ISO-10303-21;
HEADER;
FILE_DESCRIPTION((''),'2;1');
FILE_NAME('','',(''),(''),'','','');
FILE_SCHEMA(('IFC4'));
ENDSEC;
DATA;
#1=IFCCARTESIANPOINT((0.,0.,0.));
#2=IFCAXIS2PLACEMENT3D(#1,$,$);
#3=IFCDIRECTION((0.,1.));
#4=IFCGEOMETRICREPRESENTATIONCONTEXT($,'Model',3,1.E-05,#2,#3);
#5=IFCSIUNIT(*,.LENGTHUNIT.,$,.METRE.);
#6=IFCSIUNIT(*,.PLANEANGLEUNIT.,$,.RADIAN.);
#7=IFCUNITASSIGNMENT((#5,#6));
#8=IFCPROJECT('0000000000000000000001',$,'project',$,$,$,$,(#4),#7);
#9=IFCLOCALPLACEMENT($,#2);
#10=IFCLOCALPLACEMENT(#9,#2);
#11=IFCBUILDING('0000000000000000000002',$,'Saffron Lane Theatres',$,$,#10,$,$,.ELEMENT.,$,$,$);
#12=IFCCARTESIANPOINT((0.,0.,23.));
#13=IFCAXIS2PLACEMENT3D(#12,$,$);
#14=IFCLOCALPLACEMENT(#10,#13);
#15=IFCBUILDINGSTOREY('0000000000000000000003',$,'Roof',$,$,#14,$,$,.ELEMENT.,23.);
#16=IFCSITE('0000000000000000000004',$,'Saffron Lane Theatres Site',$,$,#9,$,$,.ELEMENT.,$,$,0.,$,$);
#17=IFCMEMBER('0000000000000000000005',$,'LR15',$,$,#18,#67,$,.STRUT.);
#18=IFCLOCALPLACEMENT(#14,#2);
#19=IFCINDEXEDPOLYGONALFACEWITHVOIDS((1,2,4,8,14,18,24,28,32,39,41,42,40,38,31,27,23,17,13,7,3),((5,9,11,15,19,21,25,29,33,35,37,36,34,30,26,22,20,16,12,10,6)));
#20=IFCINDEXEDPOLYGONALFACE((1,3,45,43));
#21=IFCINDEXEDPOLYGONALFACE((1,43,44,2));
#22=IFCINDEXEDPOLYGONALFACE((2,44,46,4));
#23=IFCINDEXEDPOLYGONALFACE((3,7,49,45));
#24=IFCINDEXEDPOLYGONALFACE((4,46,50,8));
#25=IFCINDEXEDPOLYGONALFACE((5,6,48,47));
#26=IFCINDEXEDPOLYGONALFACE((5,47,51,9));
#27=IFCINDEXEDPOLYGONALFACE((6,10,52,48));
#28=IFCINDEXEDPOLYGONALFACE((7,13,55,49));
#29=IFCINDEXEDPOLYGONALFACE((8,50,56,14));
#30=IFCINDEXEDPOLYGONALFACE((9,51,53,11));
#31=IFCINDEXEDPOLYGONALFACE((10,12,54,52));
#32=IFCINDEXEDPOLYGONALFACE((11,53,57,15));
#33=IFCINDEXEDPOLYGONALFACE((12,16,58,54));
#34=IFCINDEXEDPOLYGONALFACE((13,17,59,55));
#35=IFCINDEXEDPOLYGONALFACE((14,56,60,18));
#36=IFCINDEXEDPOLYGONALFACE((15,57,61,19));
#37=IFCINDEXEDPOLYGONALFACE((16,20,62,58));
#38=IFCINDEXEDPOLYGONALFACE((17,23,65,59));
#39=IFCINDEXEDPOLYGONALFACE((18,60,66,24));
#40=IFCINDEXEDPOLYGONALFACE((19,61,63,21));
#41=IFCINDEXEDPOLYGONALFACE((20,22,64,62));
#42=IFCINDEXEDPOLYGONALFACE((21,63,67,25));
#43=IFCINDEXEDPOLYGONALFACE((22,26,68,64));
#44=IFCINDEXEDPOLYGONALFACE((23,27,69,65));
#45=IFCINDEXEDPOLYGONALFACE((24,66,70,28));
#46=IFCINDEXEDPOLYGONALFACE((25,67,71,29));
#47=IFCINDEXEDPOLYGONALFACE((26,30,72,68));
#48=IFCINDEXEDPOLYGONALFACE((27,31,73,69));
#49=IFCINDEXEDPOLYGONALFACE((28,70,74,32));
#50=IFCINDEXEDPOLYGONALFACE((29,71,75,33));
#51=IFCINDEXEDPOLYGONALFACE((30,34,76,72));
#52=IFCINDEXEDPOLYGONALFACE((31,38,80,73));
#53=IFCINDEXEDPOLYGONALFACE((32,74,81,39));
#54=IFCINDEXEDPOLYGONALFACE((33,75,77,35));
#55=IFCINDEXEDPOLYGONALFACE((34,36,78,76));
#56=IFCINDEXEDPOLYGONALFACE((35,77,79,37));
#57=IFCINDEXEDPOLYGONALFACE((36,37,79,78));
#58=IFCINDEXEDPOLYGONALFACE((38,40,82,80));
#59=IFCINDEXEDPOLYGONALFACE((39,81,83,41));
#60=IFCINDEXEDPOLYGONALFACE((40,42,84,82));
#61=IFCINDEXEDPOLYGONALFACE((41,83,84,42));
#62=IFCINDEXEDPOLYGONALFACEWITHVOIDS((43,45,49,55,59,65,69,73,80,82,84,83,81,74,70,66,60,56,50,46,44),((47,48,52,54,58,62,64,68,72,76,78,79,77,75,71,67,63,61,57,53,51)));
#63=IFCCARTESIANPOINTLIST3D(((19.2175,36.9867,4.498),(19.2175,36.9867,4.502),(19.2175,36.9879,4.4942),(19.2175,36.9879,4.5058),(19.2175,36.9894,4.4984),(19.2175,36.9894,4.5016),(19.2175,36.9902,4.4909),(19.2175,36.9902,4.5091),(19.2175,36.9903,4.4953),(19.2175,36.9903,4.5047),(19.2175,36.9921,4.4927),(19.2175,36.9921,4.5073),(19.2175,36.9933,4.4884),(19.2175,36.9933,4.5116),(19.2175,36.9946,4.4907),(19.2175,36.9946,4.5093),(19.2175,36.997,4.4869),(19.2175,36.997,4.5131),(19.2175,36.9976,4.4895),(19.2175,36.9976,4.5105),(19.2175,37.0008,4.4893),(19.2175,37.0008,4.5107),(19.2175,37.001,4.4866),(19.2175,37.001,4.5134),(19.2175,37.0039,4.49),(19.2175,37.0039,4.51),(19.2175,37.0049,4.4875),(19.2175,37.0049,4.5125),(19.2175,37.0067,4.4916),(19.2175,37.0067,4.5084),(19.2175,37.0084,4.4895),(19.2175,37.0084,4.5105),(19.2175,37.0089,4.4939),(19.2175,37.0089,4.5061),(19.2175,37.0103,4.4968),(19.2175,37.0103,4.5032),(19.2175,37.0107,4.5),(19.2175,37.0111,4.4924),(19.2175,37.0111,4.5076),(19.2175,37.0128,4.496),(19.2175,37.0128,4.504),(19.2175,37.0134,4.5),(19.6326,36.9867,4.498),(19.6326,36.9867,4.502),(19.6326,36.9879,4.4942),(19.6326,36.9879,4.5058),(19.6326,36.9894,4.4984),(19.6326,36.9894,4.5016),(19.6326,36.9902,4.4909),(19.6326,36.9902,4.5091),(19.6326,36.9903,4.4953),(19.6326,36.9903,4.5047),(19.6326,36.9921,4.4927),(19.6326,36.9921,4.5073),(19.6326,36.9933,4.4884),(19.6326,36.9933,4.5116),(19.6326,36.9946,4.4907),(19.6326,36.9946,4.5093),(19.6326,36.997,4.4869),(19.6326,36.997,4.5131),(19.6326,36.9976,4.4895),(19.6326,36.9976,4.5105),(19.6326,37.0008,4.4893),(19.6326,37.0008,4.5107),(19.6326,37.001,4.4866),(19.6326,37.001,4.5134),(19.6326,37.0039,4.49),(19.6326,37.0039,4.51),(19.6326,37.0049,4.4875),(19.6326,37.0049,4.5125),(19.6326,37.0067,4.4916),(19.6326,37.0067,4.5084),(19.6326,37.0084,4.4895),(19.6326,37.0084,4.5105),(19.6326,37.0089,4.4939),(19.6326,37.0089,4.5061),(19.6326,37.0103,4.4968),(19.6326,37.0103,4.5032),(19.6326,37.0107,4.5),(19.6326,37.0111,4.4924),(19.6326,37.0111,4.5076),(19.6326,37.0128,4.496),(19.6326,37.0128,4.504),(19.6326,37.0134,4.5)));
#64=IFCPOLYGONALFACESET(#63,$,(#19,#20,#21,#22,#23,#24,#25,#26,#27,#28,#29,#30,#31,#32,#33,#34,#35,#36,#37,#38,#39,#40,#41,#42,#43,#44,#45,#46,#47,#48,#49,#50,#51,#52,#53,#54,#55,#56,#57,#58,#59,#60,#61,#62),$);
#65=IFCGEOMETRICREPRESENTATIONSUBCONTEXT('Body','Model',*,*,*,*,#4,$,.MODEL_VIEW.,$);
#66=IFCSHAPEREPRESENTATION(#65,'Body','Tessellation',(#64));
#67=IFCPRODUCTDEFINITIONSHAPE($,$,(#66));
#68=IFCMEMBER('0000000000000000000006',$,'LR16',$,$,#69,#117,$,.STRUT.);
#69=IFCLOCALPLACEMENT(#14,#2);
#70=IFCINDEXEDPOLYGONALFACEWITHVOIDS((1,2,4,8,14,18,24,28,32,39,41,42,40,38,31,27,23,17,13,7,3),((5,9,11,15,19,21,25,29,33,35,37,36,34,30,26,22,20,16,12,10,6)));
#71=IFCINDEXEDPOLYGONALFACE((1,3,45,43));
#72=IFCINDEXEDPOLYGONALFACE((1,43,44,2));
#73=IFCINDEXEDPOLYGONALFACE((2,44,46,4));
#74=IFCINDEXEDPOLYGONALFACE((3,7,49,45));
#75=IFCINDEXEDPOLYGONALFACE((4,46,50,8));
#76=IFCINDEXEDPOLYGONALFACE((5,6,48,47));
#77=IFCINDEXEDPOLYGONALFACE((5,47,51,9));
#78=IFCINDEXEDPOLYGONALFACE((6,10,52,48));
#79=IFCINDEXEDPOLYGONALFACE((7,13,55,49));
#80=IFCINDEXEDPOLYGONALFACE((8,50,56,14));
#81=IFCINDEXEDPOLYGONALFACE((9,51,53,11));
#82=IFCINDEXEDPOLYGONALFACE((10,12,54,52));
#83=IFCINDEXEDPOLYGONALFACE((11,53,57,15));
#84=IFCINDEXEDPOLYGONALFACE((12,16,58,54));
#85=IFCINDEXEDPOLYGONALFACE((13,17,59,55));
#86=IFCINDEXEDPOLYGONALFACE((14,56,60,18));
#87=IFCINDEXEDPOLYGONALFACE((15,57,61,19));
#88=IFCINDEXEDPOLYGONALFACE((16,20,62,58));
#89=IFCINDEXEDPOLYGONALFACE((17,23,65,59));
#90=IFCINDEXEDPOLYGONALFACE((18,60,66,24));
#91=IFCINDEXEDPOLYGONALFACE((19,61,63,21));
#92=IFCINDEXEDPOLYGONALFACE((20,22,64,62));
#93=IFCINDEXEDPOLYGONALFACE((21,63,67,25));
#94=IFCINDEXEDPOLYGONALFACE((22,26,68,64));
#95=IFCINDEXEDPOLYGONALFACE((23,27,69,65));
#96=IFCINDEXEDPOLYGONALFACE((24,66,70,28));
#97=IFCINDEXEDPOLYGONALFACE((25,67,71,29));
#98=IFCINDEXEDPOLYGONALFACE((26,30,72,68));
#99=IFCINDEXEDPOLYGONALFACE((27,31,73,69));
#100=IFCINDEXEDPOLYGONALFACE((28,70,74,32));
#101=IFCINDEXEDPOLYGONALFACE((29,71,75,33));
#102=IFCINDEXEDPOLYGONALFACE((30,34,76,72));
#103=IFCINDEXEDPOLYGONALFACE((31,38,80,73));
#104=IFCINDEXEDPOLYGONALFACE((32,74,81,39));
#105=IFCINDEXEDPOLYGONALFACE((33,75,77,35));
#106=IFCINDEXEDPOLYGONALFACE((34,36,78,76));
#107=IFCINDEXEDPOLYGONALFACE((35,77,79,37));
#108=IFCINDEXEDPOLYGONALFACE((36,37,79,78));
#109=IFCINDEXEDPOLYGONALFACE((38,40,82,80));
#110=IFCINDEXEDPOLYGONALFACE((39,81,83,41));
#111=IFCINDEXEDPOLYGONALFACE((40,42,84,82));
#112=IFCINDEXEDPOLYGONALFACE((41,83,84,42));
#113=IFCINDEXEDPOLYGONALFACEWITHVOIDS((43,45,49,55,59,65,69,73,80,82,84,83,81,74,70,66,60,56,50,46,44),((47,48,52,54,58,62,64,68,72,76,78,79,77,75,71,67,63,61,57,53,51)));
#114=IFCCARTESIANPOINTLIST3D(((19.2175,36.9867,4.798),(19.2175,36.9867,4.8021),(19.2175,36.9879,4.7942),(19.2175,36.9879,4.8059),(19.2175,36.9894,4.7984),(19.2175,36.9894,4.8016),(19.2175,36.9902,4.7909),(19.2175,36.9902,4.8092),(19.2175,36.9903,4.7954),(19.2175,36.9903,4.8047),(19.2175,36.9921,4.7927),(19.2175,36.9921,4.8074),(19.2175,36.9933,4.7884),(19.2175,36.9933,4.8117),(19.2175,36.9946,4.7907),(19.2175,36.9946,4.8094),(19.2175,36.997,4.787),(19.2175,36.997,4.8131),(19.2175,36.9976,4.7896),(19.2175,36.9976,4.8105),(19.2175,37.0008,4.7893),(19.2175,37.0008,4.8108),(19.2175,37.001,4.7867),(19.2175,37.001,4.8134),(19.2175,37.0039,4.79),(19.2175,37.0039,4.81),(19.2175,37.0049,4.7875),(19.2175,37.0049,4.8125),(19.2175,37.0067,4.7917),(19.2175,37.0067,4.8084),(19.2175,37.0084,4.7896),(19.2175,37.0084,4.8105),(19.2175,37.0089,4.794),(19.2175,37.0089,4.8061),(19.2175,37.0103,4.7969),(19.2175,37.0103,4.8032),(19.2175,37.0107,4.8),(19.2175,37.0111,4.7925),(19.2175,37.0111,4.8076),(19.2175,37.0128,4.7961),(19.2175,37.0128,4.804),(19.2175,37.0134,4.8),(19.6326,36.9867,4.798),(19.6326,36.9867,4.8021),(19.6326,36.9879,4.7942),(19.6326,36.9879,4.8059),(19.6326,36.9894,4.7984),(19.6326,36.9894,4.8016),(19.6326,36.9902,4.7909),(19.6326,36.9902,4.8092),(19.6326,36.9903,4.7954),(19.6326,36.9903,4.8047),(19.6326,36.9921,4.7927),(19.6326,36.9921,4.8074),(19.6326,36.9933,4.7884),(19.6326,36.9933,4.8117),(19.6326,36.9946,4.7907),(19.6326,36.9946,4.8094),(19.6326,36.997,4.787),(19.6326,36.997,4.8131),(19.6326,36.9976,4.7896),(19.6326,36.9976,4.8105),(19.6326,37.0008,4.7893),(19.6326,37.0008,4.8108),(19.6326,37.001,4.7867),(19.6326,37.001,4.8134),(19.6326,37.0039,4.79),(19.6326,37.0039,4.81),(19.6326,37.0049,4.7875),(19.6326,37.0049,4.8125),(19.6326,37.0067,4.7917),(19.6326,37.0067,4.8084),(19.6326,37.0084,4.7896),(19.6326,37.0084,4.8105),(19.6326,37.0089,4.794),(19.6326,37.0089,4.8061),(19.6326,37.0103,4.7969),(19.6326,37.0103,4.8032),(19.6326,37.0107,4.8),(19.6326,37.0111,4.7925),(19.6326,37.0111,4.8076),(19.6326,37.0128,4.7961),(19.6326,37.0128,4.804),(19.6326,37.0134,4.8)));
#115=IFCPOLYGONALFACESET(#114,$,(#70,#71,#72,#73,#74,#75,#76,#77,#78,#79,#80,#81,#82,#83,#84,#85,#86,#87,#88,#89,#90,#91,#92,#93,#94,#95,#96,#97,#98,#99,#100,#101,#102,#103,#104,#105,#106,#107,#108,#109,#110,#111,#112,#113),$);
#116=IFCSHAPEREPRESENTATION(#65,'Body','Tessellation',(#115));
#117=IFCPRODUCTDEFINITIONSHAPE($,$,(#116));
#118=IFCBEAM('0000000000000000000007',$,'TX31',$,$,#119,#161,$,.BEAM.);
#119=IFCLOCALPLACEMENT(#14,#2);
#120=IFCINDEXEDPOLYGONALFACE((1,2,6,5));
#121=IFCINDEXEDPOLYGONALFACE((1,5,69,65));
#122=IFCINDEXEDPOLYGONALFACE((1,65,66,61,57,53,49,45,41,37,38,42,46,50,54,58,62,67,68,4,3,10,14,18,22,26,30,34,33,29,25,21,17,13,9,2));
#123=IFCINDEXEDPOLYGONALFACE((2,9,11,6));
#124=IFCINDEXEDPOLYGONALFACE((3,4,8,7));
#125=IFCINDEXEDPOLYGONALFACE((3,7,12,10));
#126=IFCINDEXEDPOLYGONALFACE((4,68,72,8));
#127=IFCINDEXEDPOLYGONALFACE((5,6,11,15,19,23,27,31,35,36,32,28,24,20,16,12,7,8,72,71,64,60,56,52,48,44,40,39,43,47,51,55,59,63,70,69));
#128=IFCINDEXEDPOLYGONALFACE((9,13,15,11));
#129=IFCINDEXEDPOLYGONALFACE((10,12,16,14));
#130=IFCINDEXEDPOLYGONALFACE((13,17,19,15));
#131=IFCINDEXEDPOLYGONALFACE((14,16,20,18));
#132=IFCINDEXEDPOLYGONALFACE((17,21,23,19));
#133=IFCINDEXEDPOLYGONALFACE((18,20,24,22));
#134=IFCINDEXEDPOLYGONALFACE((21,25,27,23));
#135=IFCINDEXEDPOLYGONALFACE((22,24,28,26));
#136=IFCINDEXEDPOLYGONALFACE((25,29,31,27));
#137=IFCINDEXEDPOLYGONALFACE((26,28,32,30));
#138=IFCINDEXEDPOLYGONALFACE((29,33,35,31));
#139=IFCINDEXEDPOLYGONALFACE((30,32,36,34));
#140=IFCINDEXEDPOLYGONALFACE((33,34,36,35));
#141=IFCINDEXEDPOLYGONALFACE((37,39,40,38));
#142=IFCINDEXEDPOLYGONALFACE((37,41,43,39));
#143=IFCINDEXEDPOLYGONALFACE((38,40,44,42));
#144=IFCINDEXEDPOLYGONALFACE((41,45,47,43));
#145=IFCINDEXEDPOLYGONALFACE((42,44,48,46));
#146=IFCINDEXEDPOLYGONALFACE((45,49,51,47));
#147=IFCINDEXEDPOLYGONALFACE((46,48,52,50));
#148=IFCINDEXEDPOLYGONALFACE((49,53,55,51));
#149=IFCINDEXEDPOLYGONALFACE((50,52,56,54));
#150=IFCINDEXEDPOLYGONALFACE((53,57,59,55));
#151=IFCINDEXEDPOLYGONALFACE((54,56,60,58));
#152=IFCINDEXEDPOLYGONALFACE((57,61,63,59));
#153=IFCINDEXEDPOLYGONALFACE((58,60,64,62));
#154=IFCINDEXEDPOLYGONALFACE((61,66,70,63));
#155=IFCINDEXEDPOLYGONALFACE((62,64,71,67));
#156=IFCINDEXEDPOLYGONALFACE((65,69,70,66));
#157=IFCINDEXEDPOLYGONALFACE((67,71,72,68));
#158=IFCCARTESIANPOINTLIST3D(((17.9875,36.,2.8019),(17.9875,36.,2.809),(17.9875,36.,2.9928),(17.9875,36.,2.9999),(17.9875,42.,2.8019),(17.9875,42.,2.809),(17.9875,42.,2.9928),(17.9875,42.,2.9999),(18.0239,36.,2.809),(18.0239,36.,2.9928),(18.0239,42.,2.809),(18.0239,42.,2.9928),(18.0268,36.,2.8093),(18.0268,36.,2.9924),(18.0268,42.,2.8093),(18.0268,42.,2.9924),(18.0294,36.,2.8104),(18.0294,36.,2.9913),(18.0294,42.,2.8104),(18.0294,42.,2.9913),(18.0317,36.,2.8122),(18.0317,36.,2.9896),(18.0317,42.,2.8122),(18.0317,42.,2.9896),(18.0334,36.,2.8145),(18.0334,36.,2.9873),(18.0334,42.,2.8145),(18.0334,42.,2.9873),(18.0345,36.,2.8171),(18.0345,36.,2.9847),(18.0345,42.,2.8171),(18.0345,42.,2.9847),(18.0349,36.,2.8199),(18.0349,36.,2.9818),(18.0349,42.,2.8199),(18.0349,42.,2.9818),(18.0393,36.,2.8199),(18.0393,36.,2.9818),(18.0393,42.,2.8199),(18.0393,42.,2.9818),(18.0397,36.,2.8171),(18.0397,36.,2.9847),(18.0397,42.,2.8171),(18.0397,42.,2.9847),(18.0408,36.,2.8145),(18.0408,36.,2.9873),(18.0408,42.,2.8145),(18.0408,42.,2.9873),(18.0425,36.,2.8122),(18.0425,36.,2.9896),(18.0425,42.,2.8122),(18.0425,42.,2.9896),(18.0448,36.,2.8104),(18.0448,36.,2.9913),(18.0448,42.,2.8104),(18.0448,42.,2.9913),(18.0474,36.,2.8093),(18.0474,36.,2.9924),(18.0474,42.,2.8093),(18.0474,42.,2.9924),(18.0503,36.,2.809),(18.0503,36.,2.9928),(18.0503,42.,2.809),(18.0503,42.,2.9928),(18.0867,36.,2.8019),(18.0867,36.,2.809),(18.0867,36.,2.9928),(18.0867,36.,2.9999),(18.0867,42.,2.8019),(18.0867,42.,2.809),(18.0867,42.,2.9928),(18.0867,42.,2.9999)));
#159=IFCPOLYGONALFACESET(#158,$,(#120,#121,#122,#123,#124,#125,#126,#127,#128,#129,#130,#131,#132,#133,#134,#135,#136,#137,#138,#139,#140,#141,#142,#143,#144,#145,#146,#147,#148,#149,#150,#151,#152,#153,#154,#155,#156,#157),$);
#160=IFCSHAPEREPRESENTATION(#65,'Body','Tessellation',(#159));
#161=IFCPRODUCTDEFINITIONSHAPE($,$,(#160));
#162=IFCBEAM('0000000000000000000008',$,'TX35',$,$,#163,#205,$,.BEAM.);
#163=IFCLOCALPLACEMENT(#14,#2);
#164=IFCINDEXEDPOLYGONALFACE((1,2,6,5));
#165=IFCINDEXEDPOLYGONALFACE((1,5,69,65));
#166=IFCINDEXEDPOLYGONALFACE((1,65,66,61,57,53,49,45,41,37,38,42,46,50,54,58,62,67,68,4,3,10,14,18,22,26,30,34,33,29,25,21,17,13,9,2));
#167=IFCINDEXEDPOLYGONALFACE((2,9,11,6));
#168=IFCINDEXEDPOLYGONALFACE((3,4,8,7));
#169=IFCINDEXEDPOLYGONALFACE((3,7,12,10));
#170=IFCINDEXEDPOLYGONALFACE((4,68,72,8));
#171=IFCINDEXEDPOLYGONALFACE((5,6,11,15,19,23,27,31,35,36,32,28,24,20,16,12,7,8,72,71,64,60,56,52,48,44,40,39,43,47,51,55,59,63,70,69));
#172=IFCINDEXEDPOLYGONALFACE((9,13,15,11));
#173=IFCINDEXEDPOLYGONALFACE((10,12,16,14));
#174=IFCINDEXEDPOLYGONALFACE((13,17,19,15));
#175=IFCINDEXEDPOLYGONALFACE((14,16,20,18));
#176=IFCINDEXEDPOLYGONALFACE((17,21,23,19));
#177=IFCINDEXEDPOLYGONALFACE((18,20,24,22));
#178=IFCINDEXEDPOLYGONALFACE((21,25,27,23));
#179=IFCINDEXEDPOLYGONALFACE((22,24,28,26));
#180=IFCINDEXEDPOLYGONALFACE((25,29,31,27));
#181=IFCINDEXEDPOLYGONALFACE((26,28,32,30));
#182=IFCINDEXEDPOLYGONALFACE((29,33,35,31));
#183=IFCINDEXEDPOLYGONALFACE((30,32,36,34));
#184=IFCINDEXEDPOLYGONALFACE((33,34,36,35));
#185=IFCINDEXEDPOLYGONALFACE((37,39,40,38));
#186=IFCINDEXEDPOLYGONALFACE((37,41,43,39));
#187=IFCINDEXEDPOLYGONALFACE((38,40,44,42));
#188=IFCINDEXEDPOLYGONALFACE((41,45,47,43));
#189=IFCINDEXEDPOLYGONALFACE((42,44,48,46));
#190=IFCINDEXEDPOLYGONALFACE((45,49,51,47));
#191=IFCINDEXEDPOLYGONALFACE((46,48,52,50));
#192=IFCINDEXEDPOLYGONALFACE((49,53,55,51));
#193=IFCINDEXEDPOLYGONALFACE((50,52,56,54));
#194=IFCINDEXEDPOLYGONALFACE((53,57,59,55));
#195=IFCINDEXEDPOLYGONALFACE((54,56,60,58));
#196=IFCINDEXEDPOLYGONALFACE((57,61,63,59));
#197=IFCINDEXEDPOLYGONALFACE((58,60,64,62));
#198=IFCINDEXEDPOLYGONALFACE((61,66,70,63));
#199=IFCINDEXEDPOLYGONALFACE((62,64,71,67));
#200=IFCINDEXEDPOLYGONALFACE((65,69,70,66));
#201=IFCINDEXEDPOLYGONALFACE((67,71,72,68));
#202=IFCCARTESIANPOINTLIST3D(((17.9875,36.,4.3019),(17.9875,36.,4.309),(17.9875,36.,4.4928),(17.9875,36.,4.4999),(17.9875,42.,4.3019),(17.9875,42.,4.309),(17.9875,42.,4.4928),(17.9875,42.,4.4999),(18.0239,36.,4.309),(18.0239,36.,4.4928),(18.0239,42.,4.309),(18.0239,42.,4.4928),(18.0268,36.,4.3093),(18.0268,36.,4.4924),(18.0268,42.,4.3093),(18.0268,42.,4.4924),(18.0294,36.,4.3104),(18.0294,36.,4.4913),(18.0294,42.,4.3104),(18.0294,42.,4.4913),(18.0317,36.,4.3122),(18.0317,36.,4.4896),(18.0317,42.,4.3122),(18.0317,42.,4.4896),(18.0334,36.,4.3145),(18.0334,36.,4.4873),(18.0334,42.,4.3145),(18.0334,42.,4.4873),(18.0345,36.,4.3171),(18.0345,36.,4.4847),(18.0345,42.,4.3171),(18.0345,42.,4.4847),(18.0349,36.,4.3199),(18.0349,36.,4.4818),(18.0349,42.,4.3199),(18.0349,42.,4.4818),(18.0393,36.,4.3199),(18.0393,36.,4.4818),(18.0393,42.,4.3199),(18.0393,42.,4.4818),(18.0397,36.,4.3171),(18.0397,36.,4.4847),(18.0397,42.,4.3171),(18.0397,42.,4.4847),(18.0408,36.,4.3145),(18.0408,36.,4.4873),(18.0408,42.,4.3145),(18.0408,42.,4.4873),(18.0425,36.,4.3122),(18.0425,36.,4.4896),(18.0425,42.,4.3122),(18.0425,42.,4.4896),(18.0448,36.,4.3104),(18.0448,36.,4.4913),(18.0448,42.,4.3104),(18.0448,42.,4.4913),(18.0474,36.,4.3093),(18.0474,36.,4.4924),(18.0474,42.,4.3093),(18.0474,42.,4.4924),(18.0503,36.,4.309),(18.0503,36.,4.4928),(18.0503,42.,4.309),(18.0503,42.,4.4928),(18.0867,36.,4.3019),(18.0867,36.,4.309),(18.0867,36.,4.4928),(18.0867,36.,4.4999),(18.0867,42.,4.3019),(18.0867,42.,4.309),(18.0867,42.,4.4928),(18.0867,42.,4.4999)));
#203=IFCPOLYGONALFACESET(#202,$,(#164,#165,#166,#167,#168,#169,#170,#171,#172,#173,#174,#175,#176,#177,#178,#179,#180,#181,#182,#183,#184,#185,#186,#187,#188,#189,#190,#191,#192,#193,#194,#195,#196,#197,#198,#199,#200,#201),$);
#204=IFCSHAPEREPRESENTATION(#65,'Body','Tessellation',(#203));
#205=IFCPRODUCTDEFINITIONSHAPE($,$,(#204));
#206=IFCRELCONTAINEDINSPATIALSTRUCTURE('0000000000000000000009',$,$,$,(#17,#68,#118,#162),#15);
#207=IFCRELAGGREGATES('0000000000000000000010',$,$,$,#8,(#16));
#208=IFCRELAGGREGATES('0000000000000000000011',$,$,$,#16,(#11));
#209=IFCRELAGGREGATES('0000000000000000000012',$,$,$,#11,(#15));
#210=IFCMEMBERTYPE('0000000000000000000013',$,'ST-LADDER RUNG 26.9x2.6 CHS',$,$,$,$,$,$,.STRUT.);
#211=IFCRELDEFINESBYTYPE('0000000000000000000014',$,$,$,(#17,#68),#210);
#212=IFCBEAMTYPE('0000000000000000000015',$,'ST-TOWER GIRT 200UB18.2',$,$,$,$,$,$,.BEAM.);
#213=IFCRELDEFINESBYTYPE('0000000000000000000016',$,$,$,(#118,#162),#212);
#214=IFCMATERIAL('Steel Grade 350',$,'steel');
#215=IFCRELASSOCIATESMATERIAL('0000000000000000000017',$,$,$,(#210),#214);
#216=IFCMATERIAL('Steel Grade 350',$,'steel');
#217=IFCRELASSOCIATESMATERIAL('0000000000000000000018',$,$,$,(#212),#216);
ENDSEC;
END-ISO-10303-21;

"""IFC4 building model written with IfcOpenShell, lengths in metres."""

from ifc_helpers import new_model, si_unit, direction, frame, origin, origin_2d, place, context, subcontext, project, spatial, hollow_circle, i_section, extrude, material, material_profile, profile_set, type_object, element, save


model = new_model("IFC4")

# Units and contexts
model_context = context("Model", 3, precision=1e-05, world=origin(), true_north=direction((0.0, 1.0)))
body_context = subcontext(model_context, "Body", "Model", "MODEL_VIEW")
ifc_project = project(units=[si_unit("LENGTHUNIT", "METRE"), si_unit("PLANEANGLEUNIT", "RADIAN")], contexts=[model_context])

# Site, building, storey
site_placement = place(None, origin())
site = spatial("IfcSite", under=ifc_project, at=site_placement, Name="Saffron Lane Theatres Site", CompositionType="ELEMENT", RefElevation=0.0)
building_placement = place(site_placement, origin())
building = spatial("IfcBuilding", under=site, at=building_placement, Name="Saffron Lane Theatres", CompositionType="ELEMENT")
storey_placement = place(building_placement, frame((0.0, 0.0, 23.0)))
storey = spatial("IfcBuildingStorey", under=building, at=storey_placement, Name="Roof", CompositionType="ELEMENT", Elevation=23.0)

# Members
ifc_material_1 = material(Name="Steel Grade 350", Category="steel")
ifc_material_profile_1 = material_profile(ifc_material_1, hollow_circle(Radius=0.0134, WallThickness=0.0027, at=origin_2d()))
ifc_profile_set_1 = profile_set([ifc_material_profile_1], Name="Steel Grade 350")
member_type_1 = type_object("IfcMemberType", Name="ST-LADDER RUNG 26.9x2.6 CHS", PredefinedType="STRUT", material=ifc_profile_set_1)
for number, where, z_axis, x_axis, name in (
    (1, (19.2175, 37.0, 4.5), (1.0, 0.0, 0.0), (0.0, 1.0, 0.0), "LR15"),
    (2, (19.2175, 37.0, 4.8), (1.0, 0.0, 0.0), (0.0, 1.0, 0.0), "LR16"),
):
    element("IfcMember", number, at=place(storey_placement, frame(where, z_axis=z_axis, x_axis=x_axis)), inside=storey, type_object=member_type_1, Name=name, PredefinedType="STRUT", context=body_context, shape_type="SweptSolid", body=[
        extrude(hollow_circle(Radius=0.0134, WallThickness=0.0027, at=origin_2d()), origin(), (0.0, 0.0, 1.0), 0.415),
    ])

# Beams
ifc_material_2 = material(Name="Steel Grade 350", Category="steel")
ifc_material_profile_2 = material_profile(ifc_material_2, i_section(OverallWidth=0.0991, OverallDepth=0.198, WebThickness=0.0044, FlangeThickness=0.0071, FilletRadius=0.011, at=origin_2d()))
ifc_profile_set_2 = profile_set([ifc_material_profile_2], Name="Steel Grade 350")
beam_type_1 = type_object("IfcBeamType", Name="ST-TOWER GIRT 200UB18.2", PredefinedType="BEAM", material=ifc_profile_set_2)
for number, where, z_axis, x_axis, name in (
    (3, (18.0371, 36.0, 2.9009), (0.0, 1.0, 0.0), (-1.0, 0.0, 0.0), "TX31"),
    (4, (18.0371, 36.0, 4.4009), (0.0, 1.0, 0.0), (-1.0, 0.0, 0.0), "TX35"),
):
    element("IfcBeam", number, at=place(storey_placement, frame(where, z_axis=z_axis, x_axis=x_axis)), inside=storey, type_object=beam_type_1, Name=name, PredefinedType="BEAM", context=body_context, shape_type="SweptSolid", body=[
        extrude(i_section(OverallWidth=0.0991, OverallDepth=0.198, WebThickness=0.0044, FlangeThickness=0.0071, FilletRadius=0.011, at=origin_2d()), origin(), (0.0, 0.0, 1.0), 6.0),
    ])

save(model, "model.ifc")
